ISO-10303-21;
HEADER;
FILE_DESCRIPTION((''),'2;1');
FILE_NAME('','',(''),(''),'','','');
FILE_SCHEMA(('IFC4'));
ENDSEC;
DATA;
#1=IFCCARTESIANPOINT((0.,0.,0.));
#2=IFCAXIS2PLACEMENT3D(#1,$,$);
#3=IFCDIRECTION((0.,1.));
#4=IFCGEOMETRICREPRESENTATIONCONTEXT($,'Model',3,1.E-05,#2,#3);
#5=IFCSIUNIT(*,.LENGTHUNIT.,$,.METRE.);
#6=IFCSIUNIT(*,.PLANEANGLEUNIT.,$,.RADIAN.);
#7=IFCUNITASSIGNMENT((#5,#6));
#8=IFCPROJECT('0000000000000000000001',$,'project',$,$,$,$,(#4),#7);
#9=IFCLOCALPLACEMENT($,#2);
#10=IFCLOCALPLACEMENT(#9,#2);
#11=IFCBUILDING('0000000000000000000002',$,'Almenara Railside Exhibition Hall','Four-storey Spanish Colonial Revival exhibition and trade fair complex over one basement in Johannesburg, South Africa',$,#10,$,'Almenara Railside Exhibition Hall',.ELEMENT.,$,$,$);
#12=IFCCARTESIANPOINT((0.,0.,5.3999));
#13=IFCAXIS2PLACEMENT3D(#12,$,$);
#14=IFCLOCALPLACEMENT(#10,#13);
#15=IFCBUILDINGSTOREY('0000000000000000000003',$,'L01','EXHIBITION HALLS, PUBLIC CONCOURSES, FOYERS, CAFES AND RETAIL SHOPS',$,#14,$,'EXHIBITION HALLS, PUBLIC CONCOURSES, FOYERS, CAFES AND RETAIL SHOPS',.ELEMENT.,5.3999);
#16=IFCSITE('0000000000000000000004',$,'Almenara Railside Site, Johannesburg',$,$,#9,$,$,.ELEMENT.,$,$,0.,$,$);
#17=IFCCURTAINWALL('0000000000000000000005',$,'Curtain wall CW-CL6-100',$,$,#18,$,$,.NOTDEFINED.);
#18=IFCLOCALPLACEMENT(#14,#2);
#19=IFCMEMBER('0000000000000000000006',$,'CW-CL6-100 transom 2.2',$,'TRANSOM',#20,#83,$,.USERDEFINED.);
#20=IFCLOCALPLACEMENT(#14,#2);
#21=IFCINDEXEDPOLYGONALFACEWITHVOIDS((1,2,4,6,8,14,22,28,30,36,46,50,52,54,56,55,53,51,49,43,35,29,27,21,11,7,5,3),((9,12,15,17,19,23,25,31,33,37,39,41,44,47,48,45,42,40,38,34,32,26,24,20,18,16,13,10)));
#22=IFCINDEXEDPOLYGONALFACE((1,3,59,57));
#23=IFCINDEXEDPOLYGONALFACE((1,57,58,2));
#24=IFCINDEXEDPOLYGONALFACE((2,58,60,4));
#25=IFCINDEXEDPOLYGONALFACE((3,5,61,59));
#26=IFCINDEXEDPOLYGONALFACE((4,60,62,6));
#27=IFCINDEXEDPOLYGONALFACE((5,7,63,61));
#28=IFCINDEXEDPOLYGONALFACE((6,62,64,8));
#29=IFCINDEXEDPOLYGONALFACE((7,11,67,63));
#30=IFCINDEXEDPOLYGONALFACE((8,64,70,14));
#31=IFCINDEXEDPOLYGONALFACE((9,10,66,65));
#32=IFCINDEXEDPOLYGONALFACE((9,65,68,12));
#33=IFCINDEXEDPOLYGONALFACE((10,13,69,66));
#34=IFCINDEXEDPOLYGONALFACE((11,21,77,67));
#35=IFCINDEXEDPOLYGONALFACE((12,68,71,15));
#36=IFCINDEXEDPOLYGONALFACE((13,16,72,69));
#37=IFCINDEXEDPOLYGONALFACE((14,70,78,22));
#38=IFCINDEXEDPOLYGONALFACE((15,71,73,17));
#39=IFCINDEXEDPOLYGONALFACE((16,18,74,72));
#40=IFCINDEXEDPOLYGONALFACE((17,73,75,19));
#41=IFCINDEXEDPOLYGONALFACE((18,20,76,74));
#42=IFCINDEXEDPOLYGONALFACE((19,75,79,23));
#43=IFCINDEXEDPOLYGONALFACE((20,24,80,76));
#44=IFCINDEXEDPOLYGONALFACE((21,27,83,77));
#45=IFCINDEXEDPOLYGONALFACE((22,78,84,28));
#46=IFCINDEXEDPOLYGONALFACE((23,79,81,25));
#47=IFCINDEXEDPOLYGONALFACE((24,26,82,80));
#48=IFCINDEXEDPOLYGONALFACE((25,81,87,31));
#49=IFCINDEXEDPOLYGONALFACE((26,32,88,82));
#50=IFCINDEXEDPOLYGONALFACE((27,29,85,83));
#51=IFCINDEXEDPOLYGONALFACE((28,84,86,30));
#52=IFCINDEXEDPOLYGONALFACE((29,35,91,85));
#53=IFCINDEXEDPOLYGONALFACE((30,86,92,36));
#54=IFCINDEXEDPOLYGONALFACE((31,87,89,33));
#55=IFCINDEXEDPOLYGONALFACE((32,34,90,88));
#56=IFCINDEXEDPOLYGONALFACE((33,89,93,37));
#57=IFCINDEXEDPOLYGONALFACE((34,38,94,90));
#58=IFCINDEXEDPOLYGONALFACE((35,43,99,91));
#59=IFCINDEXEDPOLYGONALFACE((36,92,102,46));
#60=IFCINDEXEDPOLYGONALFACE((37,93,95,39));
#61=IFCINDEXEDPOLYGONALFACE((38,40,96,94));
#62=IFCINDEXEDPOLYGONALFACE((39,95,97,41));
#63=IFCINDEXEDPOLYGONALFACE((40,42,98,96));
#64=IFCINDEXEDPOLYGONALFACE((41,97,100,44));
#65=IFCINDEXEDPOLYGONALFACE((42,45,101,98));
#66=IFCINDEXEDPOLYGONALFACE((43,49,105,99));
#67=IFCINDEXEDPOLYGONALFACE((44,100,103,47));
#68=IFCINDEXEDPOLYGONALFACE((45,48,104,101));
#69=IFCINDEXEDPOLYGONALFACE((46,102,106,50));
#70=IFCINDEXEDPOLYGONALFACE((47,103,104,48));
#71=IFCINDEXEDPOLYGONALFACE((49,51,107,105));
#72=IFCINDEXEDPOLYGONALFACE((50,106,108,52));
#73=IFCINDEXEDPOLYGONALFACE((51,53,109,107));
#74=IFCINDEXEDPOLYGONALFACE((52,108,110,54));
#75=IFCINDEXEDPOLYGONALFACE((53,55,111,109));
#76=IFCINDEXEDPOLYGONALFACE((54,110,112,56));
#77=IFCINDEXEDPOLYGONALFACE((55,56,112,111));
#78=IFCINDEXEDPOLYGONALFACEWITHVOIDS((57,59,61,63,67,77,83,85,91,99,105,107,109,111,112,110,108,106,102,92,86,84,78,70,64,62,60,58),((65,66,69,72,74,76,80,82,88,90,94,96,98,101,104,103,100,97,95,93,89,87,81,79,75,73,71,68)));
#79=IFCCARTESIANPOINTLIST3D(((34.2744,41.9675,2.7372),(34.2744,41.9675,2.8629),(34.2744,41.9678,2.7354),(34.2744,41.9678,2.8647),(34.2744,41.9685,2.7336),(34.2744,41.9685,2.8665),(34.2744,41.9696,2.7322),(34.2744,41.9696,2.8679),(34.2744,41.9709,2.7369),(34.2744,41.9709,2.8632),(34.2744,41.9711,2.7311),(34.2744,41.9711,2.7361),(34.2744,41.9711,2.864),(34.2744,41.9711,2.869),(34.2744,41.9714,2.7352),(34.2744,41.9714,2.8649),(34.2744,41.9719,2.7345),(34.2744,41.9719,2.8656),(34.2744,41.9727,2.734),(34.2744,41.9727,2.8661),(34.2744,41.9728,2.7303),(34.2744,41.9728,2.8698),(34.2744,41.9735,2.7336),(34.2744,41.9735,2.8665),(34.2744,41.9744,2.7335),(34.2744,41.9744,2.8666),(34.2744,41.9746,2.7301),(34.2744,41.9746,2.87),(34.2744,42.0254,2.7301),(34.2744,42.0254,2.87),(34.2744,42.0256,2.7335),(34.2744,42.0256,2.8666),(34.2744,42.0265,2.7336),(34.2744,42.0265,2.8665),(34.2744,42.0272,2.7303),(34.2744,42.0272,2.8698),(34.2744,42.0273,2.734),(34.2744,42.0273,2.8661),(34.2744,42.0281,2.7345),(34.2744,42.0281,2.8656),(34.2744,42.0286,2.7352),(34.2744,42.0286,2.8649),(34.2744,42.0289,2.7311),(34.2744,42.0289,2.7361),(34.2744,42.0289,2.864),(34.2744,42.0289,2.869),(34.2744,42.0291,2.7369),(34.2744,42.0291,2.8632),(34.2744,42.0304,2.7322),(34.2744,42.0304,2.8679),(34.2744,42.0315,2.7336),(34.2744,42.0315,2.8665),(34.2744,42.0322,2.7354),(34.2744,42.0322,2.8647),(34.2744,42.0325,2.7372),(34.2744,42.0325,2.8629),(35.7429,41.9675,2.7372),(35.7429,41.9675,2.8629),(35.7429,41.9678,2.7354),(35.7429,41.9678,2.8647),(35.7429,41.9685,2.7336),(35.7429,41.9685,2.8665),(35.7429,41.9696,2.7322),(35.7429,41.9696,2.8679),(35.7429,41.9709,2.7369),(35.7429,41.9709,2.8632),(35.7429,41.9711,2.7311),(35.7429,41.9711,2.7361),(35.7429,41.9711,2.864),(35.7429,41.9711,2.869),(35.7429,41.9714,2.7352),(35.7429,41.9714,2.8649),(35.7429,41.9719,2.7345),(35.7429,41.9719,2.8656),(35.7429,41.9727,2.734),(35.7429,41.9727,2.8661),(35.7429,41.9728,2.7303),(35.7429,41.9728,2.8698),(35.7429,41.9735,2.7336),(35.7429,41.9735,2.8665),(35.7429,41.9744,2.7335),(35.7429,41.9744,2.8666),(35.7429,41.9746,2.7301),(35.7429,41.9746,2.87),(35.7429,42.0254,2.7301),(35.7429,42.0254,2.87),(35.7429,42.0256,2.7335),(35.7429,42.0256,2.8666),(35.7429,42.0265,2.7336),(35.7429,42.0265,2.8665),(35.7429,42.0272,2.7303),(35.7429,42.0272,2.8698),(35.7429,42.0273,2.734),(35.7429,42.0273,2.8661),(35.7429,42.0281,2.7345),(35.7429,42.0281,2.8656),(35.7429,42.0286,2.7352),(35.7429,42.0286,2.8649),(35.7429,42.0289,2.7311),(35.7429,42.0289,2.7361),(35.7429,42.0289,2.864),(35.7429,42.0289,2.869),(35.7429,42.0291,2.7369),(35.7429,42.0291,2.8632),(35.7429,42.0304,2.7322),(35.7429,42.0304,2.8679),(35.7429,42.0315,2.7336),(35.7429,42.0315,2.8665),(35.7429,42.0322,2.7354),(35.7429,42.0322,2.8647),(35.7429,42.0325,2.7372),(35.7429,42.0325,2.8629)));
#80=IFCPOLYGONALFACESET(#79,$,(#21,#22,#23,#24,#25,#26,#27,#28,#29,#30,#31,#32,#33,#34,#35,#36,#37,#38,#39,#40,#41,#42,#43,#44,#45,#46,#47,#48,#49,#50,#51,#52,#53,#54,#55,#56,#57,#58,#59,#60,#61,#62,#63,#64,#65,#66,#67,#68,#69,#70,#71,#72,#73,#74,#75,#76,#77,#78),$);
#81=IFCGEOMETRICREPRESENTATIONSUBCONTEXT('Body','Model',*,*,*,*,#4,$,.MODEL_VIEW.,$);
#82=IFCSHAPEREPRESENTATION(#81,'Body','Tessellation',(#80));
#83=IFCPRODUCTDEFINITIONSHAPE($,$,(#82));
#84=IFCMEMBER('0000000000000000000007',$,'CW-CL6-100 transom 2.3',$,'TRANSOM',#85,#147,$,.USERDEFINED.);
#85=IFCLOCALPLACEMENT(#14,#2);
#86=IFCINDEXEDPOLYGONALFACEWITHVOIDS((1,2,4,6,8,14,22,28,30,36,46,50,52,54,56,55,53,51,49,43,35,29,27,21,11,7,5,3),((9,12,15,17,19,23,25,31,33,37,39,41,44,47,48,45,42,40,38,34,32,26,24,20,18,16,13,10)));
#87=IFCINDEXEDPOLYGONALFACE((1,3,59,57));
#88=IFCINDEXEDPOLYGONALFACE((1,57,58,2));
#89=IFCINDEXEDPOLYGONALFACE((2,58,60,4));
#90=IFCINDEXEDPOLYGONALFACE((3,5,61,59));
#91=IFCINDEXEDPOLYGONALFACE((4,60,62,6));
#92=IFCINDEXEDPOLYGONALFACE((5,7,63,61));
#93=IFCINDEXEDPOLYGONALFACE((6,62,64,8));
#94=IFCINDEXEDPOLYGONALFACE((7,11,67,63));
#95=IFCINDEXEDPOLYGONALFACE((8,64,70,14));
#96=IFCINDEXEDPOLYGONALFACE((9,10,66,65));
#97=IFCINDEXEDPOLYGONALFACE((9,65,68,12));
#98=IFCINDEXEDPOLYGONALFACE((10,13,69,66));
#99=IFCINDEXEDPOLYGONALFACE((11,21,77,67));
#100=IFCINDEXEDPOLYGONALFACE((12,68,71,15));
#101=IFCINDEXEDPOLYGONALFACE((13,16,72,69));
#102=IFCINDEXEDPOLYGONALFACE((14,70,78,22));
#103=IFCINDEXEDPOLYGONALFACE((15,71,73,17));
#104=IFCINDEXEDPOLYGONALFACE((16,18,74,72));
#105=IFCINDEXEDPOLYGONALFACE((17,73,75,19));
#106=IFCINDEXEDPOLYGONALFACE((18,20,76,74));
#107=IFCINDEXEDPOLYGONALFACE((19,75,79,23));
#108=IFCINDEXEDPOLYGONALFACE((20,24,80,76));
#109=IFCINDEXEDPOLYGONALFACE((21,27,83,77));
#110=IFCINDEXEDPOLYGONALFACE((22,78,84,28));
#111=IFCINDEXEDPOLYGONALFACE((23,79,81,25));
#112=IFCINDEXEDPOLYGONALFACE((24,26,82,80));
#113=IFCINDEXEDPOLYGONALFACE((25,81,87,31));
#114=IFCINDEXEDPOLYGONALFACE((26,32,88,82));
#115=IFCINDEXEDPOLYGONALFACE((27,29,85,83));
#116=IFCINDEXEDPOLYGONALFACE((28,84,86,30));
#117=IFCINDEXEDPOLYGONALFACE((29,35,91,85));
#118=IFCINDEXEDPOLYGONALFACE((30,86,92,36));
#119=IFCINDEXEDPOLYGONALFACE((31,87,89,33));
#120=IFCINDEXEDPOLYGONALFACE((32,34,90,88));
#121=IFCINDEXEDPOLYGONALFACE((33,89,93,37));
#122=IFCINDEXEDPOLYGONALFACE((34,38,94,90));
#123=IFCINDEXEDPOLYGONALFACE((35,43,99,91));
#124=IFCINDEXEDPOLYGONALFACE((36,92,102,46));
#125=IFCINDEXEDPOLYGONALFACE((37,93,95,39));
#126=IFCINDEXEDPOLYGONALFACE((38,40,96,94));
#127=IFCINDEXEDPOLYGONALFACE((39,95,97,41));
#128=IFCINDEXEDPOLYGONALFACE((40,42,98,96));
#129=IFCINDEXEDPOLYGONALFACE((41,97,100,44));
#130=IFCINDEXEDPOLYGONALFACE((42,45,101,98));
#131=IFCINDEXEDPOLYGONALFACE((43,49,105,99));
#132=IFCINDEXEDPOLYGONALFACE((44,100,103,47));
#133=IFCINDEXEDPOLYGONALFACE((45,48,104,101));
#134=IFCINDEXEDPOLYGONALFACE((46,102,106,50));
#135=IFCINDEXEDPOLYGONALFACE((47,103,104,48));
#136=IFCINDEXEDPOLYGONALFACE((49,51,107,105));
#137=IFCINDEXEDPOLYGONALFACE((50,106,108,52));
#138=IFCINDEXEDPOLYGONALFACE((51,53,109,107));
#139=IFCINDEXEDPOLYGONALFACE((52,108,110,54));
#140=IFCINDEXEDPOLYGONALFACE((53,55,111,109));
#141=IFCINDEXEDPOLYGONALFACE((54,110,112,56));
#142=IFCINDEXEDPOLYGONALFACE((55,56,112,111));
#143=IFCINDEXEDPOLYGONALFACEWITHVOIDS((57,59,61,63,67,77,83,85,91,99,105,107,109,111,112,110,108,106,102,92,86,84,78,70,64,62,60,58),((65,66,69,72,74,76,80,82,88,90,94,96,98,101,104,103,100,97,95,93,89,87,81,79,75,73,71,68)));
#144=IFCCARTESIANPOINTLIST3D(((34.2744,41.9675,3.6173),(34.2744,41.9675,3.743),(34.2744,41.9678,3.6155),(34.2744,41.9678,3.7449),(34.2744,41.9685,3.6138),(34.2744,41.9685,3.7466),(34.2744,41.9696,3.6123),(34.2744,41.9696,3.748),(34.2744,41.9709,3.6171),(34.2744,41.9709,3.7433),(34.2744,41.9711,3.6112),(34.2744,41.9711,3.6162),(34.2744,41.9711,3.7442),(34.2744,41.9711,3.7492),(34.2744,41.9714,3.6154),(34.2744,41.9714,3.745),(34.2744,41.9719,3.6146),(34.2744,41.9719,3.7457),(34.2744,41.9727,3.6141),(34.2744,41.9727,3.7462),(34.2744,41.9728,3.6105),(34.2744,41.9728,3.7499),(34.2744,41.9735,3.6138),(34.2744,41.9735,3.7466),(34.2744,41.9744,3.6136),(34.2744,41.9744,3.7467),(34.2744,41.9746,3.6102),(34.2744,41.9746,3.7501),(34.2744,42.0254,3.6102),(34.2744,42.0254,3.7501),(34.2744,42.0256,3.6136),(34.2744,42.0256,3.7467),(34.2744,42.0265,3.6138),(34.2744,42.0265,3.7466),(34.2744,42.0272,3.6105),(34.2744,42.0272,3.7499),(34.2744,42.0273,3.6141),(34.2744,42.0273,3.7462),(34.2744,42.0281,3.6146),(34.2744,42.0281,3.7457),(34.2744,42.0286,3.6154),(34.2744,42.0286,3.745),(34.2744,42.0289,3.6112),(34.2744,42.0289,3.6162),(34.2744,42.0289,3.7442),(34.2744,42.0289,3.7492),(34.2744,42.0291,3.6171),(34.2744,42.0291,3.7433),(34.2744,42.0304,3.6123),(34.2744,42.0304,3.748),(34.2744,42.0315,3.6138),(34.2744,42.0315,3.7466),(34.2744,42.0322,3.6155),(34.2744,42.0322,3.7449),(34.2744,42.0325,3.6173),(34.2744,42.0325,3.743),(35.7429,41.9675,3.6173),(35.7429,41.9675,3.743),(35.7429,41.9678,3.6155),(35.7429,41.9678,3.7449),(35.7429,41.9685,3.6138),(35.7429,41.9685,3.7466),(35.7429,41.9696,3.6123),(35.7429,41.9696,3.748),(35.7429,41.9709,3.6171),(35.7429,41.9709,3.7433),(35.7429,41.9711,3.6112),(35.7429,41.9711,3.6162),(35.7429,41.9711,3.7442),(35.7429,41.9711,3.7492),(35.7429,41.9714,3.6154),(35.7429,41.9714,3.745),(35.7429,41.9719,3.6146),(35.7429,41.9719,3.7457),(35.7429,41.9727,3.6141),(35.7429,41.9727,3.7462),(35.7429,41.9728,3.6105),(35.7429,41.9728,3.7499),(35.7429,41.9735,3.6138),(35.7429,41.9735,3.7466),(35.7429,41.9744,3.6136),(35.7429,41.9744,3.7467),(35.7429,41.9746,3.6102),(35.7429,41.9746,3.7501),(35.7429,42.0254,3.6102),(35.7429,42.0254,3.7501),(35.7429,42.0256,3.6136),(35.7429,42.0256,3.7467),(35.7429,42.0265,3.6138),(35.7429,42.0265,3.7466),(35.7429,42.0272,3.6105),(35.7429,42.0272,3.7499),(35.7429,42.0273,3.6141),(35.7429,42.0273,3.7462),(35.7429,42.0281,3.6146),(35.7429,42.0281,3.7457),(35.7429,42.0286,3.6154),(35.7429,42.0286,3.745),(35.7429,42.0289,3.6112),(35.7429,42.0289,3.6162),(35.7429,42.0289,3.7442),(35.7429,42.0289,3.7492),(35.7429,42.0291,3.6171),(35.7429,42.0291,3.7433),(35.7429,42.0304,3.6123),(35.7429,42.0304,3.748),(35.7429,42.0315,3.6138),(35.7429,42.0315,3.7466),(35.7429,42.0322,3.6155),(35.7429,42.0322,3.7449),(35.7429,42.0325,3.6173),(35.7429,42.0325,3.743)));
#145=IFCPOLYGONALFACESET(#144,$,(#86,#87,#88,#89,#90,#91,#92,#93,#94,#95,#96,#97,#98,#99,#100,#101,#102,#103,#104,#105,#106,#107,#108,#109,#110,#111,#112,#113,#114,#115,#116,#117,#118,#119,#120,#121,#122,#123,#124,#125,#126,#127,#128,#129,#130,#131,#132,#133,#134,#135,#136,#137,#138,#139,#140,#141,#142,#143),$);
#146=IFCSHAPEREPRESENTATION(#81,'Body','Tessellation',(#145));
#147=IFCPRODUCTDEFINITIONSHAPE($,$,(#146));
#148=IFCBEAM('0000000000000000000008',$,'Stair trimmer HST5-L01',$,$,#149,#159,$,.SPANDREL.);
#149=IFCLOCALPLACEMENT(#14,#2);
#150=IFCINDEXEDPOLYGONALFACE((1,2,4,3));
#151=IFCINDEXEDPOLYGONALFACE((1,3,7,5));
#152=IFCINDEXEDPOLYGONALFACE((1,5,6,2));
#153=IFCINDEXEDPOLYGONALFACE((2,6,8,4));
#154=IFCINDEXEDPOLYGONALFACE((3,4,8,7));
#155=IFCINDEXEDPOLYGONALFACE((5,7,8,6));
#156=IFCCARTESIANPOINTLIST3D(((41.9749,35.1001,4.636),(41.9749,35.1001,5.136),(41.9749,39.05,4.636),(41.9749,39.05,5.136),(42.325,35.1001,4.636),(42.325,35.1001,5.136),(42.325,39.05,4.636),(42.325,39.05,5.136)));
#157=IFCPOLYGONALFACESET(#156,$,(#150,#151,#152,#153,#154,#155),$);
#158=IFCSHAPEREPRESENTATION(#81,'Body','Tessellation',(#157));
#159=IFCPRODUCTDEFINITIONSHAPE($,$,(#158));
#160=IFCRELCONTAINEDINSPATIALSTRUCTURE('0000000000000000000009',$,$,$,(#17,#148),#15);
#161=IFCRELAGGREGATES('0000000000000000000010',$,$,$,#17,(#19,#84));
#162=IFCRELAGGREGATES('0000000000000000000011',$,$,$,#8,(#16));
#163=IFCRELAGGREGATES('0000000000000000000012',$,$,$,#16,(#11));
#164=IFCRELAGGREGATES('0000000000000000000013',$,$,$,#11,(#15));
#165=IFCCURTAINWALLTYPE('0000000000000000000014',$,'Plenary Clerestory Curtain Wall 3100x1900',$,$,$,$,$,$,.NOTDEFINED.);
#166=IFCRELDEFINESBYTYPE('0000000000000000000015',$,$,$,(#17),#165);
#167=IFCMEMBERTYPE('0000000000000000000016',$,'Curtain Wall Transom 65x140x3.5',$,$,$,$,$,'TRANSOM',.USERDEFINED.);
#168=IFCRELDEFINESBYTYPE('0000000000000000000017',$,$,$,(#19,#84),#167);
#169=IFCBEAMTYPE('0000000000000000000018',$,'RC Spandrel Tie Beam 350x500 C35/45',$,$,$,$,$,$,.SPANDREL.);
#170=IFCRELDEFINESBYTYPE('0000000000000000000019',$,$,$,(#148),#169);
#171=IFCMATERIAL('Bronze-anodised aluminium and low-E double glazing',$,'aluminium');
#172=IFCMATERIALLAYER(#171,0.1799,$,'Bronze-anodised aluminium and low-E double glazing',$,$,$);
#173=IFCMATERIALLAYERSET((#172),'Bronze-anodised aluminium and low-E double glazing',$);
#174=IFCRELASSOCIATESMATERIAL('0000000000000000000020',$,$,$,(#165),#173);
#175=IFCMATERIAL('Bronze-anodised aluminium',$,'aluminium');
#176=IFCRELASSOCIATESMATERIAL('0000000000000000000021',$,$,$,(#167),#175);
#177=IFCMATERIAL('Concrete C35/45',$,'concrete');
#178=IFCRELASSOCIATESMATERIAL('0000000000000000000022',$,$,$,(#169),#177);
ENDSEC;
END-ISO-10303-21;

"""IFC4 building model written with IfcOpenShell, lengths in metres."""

from ifc_helpers import new_model, si_unit, direction, frame, origin, origin_2d, place, context, subcontext, project, spatial, rectangle, hollow_rectangle, extrude, material, layer, layer_set, material_profile, profile_set, type_object, element, aggregate, save


model = new_model("IFC4")

# Units and contexts
model_context = context("Model", 3, precision=1e-05, world=origin(), true_north=direction((0.0, 1.0)))
body_context = subcontext(model_context, "Body", "Model", "MODEL_VIEW")
ifc_project = project(units=[si_unit("LENGTHUNIT", "METRE"), si_unit("PLANEANGLEUNIT", "RADIAN")], contexts=[model_context])

# Site, building, storey
site_placement = place(None, origin())
site = spatial("IfcSite", under=ifc_project, at=site_placement, Name="Almenara Railside Site, Johannesburg", CompositionType="ELEMENT", RefElevation=0.0)
building_placement = place(site_placement, origin())
building = spatial("IfcBuilding", under=site, at=building_placement, Name="Almenara Railside Exhibition Hall", Description="Four-storey Spanish Colonial Revival exhibition and trade fair complex over one basement in Johannesburg, South Africa", LongName="Almenara Railside Exhibition Hall", CompositionType="ELEMENT")
storey_placement = place(building_placement, frame((0.0, 0.0, 5.3999)))
storey = spatial("IfcBuildingStorey", under=building, at=storey_placement, Name="L01", Description="EXHIBITION HALLS, PUBLIC CONCOURSES, FOYERS, CAFES AND RETAIL SHOPS", LongName="EXHIBITION HALLS, PUBLIC CONCOURSES, FOYERS, CAFES AND RETAIL SHOPS", CompositionType="ELEMENT", Elevation=5.3999)

# Shared definitions
ifc_material_1 = material(Name="Concrete C35/45", Category="concrete")

# Curtain wall
ifc_material_2 = material(Name="Bronze-anodised aluminium and low-E double glazing", Category="aluminium")
ifc_material_3 = material(Name="Bronze-anodised aluminium", Category="aluminium")
ifc_layer_1 = layer(ifc_material_2, 0.1799, Name="Bronze-anodised aluminium and low-E double glazing")
ifc_layer_set_1 = layer_set([ifc_layer_1], Name="Bronze-anodised aluminium and low-E double glazing")
curtain_wall_type_1 = type_object("IfcCurtainWallType", Name="Plenary Clerestory Curtain Wall 3100x1900", PredefinedType="NOTDEFINED", material=ifc_layer_set_1)
curtain_wall_1_placement = place(storey_placement, origin())
curtain_wall_1 = element("IfcCurtainWall", 1, at=curtain_wall_1_placement, inside=storey, type_object=curtain_wall_type_1, Name="Curtain wall CW-CL6-100", PredefinedType="NOTDEFINED")

# Members
ifc_material_profile_1 = material_profile(ifc_material_3, hollow_rectangle(XDim=0.0649, YDim=0.1399, WallThickness=0.0034, InnerFilletRadius=0.0034, OuterFilletRadius=0.0071, at=origin_2d()), Name="ALU-TRN 65x140x3.5")
ifc_profile_set_1 = profile_set([ifc_material_profile_1], Name="Bronze-anodised aluminium")
member_type_1 = type_object("IfcMemberType", Name="Curtain Wall Transom 65x140x3.5", ElementType="TRANSOM", PredefinedType="USERDEFINED", material=ifc_profile_set_1)
member_1_placement = place(storey_placement, frame((34.2744, 42.0, 2.8), z_axis=(1.0, 0.0, 0.0), x_axis=(0.0, 1.0, 0.0)))
member_1 = element("IfcMember", 2, at=member_1_placement, type_object=member_type_1, Name="CW-CL6-100 transom 2.2", ObjectType="TRANSOM", PredefinedType="USERDEFINED", context=body_context, shape_type="SweptSolid", body=[
    extrude(hollow_rectangle(XDim=0.0649, YDim=0.1399, WallThickness=0.0034, InnerFilletRadius=0.0034, OuterFilletRadius=0.0071, at=origin_2d()), origin(), (0.0, 0.0, 1.0), 1.4685),
])
member_2_placement = place(storey_placement, frame((34.2744, 42.0, 3.6802), z_axis=(1.0, 0.0, 0.0), x_axis=(0.0, 1.0, 0.0)))
member_2 = element("IfcMember", 3, at=member_2_placement, type_object=member_type_1, Name="CW-CL6-100 transom 2.3", ObjectType="TRANSOM", PredefinedType="USERDEFINED", context=body_context, shape_type="SweptSolid", body=[
    extrude(hollow_rectangle(XDim=0.0649, YDim=0.1399, WallThickness=0.0034, InnerFilletRadius=0.0034, OuterFilletRadius=0.0071, at=origin_2d()), origin(), (0.0, 0.0, 1.0), 1.4685),
])

# Beam
ifc_material_profile_2 = material_profile(ifc_material_1, rectangle(XDim=0.3501, YDim=0.5, at=origin_2d()), Name="RC 350x500")
ifc_profile_set_2 = profile_set([ifc_material_profile_2], Name="Concrete C35/45")
beam_type_1 = type_object("IfcBeamType", Name="RC Spandrel Tie Beam 350x500 C35/45", PredefinedType="SPANDREL", material=ifc_profile_set_2)
beam_1_placement = place(storey_placement, frame((42.1499, 35.1001, 4.886), z_axis=(0.0, 1.0, 0.0), x_axis=(-1.0, 0.0, 0.0)))
element("IfcBeam", 4, at=beam_1_placement, inside=storey, type_object=beam_type_1, Name="Stair trimmer HST5-L01", PredefinedType="SPANDREL", context=body_context, shape_type="SweptSolid", body=[
    extrude(rectangle(XDim=0.3501, YDim=0.5, at=origin_2d()), origin(), (0.0, 0.0, 1.0), 3.95),
])

aggregate(curtain_wall_1, [member_1, member_2])

save(model, "model.ifc")
